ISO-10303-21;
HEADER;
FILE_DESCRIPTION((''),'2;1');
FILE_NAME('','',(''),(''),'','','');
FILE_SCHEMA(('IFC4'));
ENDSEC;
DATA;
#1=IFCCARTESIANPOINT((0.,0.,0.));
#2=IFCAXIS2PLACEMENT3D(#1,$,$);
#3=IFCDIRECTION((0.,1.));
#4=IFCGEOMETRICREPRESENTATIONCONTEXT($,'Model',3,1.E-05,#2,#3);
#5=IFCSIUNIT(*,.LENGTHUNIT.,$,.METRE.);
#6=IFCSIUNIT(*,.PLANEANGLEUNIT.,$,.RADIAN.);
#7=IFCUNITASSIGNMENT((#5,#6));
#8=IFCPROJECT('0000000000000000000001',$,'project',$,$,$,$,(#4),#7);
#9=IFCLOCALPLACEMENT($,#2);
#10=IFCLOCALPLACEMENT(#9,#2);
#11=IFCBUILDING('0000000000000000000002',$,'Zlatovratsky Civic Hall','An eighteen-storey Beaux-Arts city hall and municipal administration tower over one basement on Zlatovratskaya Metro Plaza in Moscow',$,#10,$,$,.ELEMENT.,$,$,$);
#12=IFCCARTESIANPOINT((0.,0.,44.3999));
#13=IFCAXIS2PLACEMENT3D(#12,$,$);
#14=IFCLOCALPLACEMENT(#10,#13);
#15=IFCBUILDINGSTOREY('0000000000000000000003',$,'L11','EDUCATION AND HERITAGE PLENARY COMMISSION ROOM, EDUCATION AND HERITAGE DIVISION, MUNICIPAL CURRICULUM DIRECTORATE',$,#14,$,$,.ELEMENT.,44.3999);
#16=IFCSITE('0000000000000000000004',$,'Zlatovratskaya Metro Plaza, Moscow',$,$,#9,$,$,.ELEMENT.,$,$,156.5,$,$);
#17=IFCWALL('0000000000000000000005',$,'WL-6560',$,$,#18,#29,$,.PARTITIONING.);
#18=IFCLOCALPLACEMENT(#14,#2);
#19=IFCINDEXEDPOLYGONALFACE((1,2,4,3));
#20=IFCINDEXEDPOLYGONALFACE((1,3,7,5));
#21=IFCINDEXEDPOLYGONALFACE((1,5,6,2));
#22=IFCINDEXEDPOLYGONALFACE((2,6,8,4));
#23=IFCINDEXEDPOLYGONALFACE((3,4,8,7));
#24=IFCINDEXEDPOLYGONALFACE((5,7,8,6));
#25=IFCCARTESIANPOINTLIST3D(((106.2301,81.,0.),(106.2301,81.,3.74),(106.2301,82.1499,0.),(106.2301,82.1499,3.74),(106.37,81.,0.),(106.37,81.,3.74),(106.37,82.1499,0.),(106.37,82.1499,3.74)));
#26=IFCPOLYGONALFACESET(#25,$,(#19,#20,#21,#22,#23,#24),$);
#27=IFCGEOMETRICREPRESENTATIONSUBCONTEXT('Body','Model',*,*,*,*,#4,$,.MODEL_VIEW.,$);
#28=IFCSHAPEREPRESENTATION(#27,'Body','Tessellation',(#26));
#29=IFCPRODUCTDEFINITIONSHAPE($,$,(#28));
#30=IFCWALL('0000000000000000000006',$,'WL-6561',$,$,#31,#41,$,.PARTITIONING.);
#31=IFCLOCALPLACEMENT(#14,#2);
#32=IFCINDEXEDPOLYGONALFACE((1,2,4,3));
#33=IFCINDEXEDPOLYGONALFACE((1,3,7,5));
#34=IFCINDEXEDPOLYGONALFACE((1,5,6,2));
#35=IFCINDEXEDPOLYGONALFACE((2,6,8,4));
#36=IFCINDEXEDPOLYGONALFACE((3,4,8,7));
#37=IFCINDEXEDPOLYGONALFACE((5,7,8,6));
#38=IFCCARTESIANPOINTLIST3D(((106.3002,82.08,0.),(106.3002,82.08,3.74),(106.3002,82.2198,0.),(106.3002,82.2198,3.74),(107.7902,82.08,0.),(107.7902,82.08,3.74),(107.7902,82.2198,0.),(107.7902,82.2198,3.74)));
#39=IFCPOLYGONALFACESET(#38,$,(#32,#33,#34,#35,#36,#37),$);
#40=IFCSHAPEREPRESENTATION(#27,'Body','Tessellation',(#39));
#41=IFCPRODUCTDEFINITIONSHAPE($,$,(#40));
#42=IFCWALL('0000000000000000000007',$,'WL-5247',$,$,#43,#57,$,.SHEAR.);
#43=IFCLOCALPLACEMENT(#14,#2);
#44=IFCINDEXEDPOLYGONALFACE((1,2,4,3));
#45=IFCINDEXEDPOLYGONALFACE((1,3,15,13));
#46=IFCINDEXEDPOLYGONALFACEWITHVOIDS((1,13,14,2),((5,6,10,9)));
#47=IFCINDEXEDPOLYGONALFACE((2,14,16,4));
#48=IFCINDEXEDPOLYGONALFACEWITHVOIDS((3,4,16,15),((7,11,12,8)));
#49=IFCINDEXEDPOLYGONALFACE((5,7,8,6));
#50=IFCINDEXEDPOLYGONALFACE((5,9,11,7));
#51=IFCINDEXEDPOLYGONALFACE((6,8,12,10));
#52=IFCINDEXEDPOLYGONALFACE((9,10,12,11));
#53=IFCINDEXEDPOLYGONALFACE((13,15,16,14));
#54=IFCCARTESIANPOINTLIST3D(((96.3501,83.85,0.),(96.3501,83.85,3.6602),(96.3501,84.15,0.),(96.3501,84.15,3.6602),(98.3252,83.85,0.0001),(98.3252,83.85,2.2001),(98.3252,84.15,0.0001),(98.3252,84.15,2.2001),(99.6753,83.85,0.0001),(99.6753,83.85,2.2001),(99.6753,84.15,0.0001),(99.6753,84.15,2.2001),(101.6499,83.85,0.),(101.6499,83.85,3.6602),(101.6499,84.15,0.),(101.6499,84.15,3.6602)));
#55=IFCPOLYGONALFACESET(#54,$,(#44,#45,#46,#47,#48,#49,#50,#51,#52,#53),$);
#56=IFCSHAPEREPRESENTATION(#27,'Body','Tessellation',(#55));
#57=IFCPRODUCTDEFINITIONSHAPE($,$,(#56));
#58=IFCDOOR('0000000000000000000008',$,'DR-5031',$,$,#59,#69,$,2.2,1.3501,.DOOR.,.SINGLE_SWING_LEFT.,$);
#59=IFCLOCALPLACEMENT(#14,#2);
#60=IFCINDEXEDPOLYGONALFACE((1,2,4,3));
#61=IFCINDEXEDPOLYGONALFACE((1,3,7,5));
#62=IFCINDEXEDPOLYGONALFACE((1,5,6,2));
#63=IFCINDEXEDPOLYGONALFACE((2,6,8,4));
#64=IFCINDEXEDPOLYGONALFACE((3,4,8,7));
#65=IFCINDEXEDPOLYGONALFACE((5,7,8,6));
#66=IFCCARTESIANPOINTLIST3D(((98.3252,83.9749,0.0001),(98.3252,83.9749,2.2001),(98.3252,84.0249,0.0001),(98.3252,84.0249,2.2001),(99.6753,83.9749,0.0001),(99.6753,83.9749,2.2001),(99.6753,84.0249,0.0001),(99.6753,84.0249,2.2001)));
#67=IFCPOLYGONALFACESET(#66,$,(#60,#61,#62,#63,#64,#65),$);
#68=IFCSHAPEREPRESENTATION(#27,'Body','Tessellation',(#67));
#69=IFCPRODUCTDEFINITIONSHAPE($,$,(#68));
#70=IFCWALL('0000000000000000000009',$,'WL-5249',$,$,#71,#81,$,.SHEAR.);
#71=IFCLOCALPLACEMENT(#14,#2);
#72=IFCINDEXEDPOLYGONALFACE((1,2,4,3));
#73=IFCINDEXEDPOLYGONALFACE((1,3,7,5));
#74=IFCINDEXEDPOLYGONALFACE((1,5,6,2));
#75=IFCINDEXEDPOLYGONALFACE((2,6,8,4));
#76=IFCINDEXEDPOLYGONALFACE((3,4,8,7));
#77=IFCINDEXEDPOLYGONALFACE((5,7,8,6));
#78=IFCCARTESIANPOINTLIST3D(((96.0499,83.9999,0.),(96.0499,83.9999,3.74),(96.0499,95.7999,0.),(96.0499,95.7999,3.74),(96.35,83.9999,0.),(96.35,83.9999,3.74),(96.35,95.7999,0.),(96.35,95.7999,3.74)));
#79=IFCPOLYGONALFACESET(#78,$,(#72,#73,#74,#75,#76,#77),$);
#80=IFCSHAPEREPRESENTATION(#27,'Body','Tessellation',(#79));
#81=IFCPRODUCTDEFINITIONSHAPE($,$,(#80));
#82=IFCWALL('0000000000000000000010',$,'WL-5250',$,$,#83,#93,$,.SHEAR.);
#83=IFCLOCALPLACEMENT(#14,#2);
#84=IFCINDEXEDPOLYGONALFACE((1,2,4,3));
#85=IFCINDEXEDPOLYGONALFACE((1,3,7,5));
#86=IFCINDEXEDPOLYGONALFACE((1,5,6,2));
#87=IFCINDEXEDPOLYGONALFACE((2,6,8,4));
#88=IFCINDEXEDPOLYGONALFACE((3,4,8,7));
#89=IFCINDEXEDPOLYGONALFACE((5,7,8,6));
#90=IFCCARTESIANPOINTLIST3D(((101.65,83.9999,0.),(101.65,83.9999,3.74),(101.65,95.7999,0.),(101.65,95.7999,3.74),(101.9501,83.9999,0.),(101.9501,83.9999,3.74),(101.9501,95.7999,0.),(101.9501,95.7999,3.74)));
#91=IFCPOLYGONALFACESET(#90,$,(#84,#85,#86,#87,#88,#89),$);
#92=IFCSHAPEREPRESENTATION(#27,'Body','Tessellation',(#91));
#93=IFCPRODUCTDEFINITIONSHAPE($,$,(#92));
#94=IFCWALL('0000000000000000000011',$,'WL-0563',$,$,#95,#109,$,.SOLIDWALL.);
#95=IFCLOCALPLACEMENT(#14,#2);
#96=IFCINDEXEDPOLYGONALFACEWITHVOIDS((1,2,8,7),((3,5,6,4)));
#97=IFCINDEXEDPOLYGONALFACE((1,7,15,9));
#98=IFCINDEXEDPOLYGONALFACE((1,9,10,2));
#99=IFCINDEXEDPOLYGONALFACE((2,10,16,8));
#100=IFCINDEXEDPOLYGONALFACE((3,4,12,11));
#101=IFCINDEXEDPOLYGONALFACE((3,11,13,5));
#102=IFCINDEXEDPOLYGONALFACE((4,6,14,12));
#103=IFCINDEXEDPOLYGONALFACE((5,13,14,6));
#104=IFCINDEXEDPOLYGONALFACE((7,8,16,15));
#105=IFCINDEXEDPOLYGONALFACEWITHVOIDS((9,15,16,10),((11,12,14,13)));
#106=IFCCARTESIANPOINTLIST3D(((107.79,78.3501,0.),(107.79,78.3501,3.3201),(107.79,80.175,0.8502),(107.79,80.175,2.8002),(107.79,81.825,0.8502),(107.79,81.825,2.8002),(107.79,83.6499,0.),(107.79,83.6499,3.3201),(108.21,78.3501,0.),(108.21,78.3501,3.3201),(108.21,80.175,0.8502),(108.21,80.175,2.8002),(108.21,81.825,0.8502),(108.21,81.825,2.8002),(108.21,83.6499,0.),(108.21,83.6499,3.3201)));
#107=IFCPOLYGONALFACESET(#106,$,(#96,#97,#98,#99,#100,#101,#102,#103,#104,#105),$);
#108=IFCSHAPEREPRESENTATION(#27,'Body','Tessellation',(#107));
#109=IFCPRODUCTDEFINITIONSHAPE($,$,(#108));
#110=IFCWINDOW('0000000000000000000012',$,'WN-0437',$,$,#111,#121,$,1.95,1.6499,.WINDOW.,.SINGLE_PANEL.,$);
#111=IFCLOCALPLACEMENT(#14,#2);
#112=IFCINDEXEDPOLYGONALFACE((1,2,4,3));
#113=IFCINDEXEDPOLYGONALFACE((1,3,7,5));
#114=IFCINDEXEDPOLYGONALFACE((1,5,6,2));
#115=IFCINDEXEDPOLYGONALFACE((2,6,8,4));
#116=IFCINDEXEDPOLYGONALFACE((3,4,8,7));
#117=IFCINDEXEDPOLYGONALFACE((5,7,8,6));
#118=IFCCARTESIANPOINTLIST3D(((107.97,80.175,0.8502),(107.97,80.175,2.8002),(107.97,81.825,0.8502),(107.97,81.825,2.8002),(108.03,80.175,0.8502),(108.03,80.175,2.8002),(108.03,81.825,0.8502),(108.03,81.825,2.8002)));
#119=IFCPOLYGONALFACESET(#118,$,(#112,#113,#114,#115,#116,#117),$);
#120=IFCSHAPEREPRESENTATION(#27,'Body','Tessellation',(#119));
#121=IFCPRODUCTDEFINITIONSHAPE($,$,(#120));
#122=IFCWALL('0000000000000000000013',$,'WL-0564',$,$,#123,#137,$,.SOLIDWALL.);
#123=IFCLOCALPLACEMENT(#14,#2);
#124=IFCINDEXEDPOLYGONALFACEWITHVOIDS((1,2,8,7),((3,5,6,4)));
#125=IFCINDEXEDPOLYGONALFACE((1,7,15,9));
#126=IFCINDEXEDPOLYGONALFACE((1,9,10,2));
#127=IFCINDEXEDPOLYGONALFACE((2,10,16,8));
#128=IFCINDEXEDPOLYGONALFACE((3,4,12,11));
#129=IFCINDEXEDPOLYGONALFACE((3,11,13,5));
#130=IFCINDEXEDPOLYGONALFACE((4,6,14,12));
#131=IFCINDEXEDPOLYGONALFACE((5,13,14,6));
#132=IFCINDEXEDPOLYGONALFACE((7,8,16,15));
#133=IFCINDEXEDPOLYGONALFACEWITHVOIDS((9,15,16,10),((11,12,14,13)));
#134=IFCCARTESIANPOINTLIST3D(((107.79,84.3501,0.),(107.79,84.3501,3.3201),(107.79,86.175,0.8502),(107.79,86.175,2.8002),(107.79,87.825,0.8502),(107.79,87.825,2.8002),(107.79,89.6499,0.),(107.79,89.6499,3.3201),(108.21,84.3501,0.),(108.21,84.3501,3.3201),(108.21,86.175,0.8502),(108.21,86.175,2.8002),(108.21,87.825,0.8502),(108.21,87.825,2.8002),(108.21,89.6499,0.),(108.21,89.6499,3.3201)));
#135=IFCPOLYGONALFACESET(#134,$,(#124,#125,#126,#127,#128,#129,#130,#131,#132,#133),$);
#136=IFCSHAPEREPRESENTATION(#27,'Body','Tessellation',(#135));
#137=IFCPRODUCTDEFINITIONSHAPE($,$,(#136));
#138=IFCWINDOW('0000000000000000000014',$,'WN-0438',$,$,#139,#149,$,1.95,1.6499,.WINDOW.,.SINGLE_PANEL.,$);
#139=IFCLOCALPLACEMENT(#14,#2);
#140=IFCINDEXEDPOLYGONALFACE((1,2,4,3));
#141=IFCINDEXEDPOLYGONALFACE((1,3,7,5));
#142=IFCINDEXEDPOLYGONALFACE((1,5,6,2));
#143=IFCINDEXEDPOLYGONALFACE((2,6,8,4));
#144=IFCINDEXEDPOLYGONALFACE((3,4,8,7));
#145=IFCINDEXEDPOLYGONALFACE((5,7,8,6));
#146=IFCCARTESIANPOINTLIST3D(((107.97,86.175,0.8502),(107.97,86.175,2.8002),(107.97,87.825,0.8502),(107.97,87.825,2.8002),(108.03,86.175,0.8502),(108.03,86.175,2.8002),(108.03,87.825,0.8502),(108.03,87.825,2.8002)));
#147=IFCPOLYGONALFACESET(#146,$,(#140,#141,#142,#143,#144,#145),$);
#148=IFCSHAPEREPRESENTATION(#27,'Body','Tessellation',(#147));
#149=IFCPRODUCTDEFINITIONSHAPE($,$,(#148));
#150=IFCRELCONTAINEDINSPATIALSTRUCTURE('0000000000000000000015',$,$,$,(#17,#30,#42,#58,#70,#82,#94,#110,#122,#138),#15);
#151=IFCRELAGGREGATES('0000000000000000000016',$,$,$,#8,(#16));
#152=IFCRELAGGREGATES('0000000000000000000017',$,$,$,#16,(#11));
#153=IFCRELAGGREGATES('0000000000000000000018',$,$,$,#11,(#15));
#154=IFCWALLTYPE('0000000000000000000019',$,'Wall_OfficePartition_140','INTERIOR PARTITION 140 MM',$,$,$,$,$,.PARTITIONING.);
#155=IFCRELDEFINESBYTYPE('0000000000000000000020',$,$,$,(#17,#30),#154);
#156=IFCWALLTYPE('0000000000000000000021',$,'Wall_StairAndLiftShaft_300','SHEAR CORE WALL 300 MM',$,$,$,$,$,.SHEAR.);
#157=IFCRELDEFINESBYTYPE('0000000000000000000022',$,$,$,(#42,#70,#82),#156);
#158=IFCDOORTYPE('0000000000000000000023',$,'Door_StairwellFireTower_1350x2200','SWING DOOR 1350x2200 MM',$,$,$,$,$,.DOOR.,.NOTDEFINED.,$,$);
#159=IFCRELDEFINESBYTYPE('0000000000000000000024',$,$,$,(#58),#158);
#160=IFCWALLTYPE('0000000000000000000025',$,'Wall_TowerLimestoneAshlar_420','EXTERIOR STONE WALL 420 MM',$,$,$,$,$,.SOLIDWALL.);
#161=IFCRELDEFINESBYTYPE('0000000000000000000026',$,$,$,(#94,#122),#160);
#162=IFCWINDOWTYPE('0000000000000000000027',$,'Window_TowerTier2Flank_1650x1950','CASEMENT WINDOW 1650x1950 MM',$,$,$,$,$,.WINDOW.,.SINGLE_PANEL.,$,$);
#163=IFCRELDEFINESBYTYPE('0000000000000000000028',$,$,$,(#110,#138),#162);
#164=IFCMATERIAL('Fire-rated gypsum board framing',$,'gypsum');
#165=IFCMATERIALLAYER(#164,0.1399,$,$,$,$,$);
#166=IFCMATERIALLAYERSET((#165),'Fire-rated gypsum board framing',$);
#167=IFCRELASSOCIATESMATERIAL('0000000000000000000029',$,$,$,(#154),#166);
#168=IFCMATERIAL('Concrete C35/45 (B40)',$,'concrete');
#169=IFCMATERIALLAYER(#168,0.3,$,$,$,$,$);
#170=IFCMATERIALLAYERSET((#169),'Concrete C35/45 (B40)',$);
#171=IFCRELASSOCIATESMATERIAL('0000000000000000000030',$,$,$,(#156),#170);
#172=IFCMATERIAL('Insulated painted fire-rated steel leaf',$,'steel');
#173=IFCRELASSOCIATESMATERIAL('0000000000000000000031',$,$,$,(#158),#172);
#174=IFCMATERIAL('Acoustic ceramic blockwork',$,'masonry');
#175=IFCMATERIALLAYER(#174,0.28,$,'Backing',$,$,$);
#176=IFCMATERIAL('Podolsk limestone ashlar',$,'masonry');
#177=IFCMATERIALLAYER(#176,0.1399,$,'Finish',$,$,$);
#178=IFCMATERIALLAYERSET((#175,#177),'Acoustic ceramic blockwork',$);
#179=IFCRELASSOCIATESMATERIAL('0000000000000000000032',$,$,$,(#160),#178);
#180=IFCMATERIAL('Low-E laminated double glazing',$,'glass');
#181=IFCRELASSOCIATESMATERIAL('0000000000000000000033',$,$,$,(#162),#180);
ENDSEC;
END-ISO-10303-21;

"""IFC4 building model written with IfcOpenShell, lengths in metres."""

from ifc_helpers import new_model, si_unit, direction, frame, frame_2d, origin, place, context, subcontext, project, spatial, rectangle, extrude, material, layer, layer_set, type_object, element, fill, save


model = new_model("IFC4")

# Units and contexts
model_context = context("Model", 3, precision=1e-05, world=origin(), true_north=direction((0.0, 1.0)))
body_context = subcontext(model_context, "Body", "Model", "MODEL_VIEW")
ifc_project = project(units=[si_unit("LENGTHUNIT", "METRE"), si_unit("PLANEANGLEUNIT", "RADIAN")], contexts=[model_context])

# Site, building, storey
site_placement = place(None, origin())
site = spatial("IfcSite", under=ifc_project, at=site_placement, Name="Zlatovratskaya Metro Plaza, Moscow", CompositionType="ELEMENT", RefElevation=156.5)
building_placement = place(site_placement, origin())
building = spatial("IfcBuilding", under=site, at=building_placement, Name="Zlatovratsky Civic Hall", Description="An eighteen-storey Beaux-Arts city hall and municipal administration tower over one basement on Zlatovratskaya Metro Plaza in Moscow", CompositionType="ELEMENT")
storey_placement = place(building_placement, frame((0.0, 0.0, 44.3999)))
storey = spatial("IfcBuildingStorey", under=building, at=storey_placement, Name="L11", Description="EDUCATION AND HERITAGE PLENARY COMMISSION ROOM, EDUCATION AND HERITAGE DIVISION, MUNICIPAL CURRICULUM DIRECTORATE", CompositionType="ELEMENT", Elevation=44.3999)

# Shared definitions
ifc_material_1 = material(Name="Concrete C35/45 (B40)", Category="concrete")

# Shared definitions
ifc_material_2 = material(Name="Fire-rated gypsum board framing", Category="gypsum")
ifc_layer_1 = layer(ifc_material_2, 0.1399)
ifc_layer_set_1 = layer_set([ifc_layer_1], Name="Fire-rated gypsum board framing")
wall_type_1 = type_object("IfcWallType", Name="Wall_OfficePartition_140", Description="INTERIOR PARTITION 140 MM", PredefinedType="PARTITIONING", material=ifc_layer_set_1)

# Walls
wall_1_placement = place(storey_placement, frame((106.3, 81.0, 0.0), z_axis=(0.0, 0.0, 1.0), x_axis=(0.0, 1.0, 0.0)))
element("IfcWall", 1, at=wall_1_placement, inside=storey, type_object=wall_type_1, Name="WL-6560", PredefinedType="PARTITIONING", context=body_context, shape_type="SweptSolid", body=[
    extrude(rectangle(XDim=1.1499, YDim=0.1399, at=frame_2d((0.575, 0.0))), origin(), (0.0, 0.0, 1.0), 3.74),
])
wall_2_placement = place(storey_placement, frame((106.3, 82.1499, 0.0), z_axis=(0.0, 0.0, 1.0), x_axis=(1.0, 0.0, 0.0)))
element("IfcWall", 2, at=wall_2_placement, inside=storey, type_object=wall_type_1, Name="WL-6561", PredefinedType="PARTITIONING", context=body_context, shape_type="SweptSolid", body=[
    extrude(rectangle(XDim=1.49, YDim=0.1399, at=frame_2d((0.7451, 0.0))), origin(), (0.0, 0.0, 1.0), 3.74),
])

# Wall, opening, door
ifc_layer_2 = layer(ifc_material_1, 0.3)
ifc_layer_set_2 = layer_set([ifc_layer_2], Name="Concrete C35/45 (B40)")
wall_type_2 = type_object("IfcWallType", Name="Wall_StairAndLiftShaft_300", Description="SHEAR CORE WALL 300 MM", PredefinedType="SHEAR", material=ifc_layer_set_2)
wall_3_placement = place(storey_placement, frame((96.3501, 84.0, 0.0), z_axis=(0.0, 0.0, 1.0), x_axis=(1.0, 0.0, 0.0)))
wall_3 = element("IfcWall", 3, at=wall_3_placement, inside=storey, type_object=wall_type_2, Name="WL-5247", PredefinedType="SHEAR", context=body_context, shape_type="SweptSolid", body=[
    extrude(rectangle(XDim=5.2998, YDim=0.3, at=frame_2d((2.6499, 0.0))), origin(), (0.0, 0.0, 1.0), 3.6602),
])
opening_1_placement = place(wall_3_placement, frame((1.9751, 0.0, 0.0)))
opening_1 = element("IfcOpeningElement", 4, at=opening_1_placement, cuts=wall_3, PredefinedType="OPENING", context=body_context, shape_type="SweptSolid", body=[
    extrude(rectangle(XDim=1.3501, YDim=2.2, at=frame_2d((0.675, 1.1001))), frame((0.0, 0.165, 0.0), z_axis=(0.0, -1.0, 0.0), x_axis=(1.0, 0.0, 0.0)), (0.0, 0.0, 1.0), 0.3298),
])
ifc_material_3 = material(Name="Insulated painted fire-rated steel leaf", Category="steel")
door_type_1 = type_object("IfcDoorType", Name="Door_StairwellFireTower_1350x2200", Description="SWING DOOR 1350x2200 MM", OperationType="NOTDEFINED", PredefinedType="DOOR", material=ifc_material_3)
door_1_placement = place(opening_1_placement, origin())
door_1 = element("IfcDoor", 5, at=door_1_placement, inside=storey, type_object=door_type_1, Name="DR-5031", OperationType="SINGLE_SWING_LEFT", OverallHeight=2.2, OverallWidth=1.3501, PredefinedType="DOOR", context=body_context, shape_type="SweptSolid", body=[
    extrude(rectangle(XDim=1.3501, YDim=2.2, at=frame_2d((0.675, 1.1001))), frame((0.0, 0.0249, 0.0), z_axis=(0.0, -1.0, 0.0), x_axis=(1.0, 0.0, 0.0)), (0.0, 0.0, 1.0), 0.05),
])
fill(opening_1, door_1)

# Walls
for number, where, z_axis, x_axis, name in (
    (6, (96.2, 84.0, 0.0), (0.0, 0.0, 1.0), (0.0, 1.0, 0.0), "WL-5249"),
    (7, (101.8, 84.0, 0.0), (0.0, 0.0, 1.0), (0.0, 1.0, 0.0), "WL-5250"),
):
    element("IfcWall", number, at=place(storey_placement, frame(where, z_axis=z_axis, x_axis=x_axis)), inside=storey, type_object=wall_type_2, Name=name, PredefinedType="SHEAR", context=body_context, shape_type="SweptSolid", body=[
        extrude(rectangle(XDim=11.8, YDim=0.3, at=frame_2d((5.8999, 0.0))), origin(), (0.0, 0.0, 1.0), 3.74),
    ])

# Walls, openings, windows
ifc_material_4 = material(Name="Acoustic ceramic blockwork", Category="masonry")
ifc_layer_3 = layer(ifc_material_4, 0.28, Name="Backing")
ifc_material_5 = material(Name="Podolsk limestone ashlar", Category="masonry")
ifc_layer_4 = layer(ifc_material_5, 0.1399, Name="Finish")
ifc_layer_set_3 = layer_set([ifc_layer_3, ifc_layer_4], Name="Acoustic ceramic blockwork")
wall_type_3 = type_object("IfcWallType", Name="Wall_TowerLimestoneAshlar_420", Description="EXTERIOR STONE WALL 420 MM", PredefinedType="SOLIDWALL", material=ifc_layer_set_3)
wall_4_placement = place(storey_placement, frame((108.0, 78.3501, 0.0), z_axis=(0.0, 0.0, 1.0), x_axis=(0.0, 1.0, 0.0)))
wall_4 = element("IfcWall", 8, at=wall_4_placement, inside=storey, type_object=wall_type_3, Name="WL-0563", PredefinedType="SOLIDWALL", context=body_context, shape_type="SweptSolid", body=[
    extrude(rectangle(XDim=5.2998, YDim=0.4199, at=frame_2d((2.6499, 0.0))), origin(), (0.0, 0.0, 1.0), 3.3201),
])
opening_2_placement = place(wall_4_placement, frame((1.825, 0.0, 0.8501)))
opening_2 = element("IfcOpeningElement", 9, at=opening_2_placement, cuts=wall_4, PredefinedType="OPENING", context=body_context, shape_type="SweptSolid", body=[
    extrude(rectangle(XDim=1.6499, YDim=1.95, at=frame_2d((0.825, 0.9751))), frame((0.0, 0.2249, 0.0), z_axis=(0.0, -1.0, 0.0), x_axis=(1.0, 0.0, 0.0)), (0.0, 0.0, 1.0), 0.4497),
])
ifc_material_6 = material(Name="Low-E laminated double glazing", Category="glass")
window_type = type_object("IfcWindowType", Name="Window_TowerTier2Flank_1650x1950", Description="CASEMENT WINDOW 1650x1950 MM", PartitioningType="SINGLE_PANEL", PredefinedType="WINDOW", material=ifc_material_6)
window_1_placement = place(opening_2_placement, origin())
window_1 = element("IfcWindow", 10, at=window_1_placement, inside=storey, type_object=window_type, Name="WN-0437", OverallHeight=1.95, OverallWidth=1.6499, PartitioningType="SINGLE_PANEL", PredefinedType="WINDOW", context=body_context, shape_type="SweptSolid", body=[
    extrude(rectangle(XDim=1.6499, YDim=1.95, at=frame_2d((0.825, 0.9751))), frame((0.0, 0.03, 0.0), z_axis=(0.0, -1.0, 0.0), x_axis=(1.0, 0.0, 0.0)), (0.0, 0.0, 1.0), 0.0601),
])
fill(opening_2, window_1)
wall_5_placement = place(storey_placement, frame((108.0, 84.3501, 0.0), z_axis=(0.0, 0.0, 1.0), x_axis=(0.0, 1.0, 0.0)))
wall_5 = element("IfcWall", 11, at=wall_5_placement, inside=storey, type_object=wall_type_3, Name="WL-0564", PredefinedType="SOLIDWALL", context=body_context, shape_type="SweptSolid", body=[
    extrude(rectangle(XDim=5.2998, YDim=0.4199, at=frame_2d((2.6499, 0.0))), origin(), (0.0, 0.0, 1.0), 3.3201),
])
opening_3_placement = place(wall_5_placement, frame((1.825, 0.0, 0.8501)))
opening_3 = element("IfcOpeningElement", 12, at=opening_3_placement, cuts=wall_5, PredefinedType="OPENING", context=body_context, shape_type="SweptSolid", body=[
    extrude(rectangle(XDim=1.6499, YDim=1.95, at=frame_2d((0.825, 0.9751))), frame((0.0, 0.2249, 0.0), z_axis=(0.0, -1.0, 0.0), x_axis=(1.0, 0.0, 0.0)), (0.0, 0.0, 1.0), 0.4497),
])
window_2_placement = place(opening_3_placement, origin())
window_2 = element("IfcWindow", 13, at=window_2_placement, inside=storey, type_object=window_type, Name="WN-0438", OverallHeight=1.95, OverallWidth=1.6499, PartitioningType="SINGLE_PANEL", PredefinedType="WINDOW", context=body_context, shape_type="SweptSolid", body=[
    extrude(rectangle(XDim=1.6499, YDim=1.95, at=frame_2d((0.825, 0.9751))), frame((0.0, 0.03, 0.0), z_axis=(0.0, -1.0, 0.0), x_axis=(1.0, 0.0, 0.0)), (0.0, 0.0, 1.0), 0.0601),
])
fill(opening_3, window_2)

save(model, "model.ifc")
